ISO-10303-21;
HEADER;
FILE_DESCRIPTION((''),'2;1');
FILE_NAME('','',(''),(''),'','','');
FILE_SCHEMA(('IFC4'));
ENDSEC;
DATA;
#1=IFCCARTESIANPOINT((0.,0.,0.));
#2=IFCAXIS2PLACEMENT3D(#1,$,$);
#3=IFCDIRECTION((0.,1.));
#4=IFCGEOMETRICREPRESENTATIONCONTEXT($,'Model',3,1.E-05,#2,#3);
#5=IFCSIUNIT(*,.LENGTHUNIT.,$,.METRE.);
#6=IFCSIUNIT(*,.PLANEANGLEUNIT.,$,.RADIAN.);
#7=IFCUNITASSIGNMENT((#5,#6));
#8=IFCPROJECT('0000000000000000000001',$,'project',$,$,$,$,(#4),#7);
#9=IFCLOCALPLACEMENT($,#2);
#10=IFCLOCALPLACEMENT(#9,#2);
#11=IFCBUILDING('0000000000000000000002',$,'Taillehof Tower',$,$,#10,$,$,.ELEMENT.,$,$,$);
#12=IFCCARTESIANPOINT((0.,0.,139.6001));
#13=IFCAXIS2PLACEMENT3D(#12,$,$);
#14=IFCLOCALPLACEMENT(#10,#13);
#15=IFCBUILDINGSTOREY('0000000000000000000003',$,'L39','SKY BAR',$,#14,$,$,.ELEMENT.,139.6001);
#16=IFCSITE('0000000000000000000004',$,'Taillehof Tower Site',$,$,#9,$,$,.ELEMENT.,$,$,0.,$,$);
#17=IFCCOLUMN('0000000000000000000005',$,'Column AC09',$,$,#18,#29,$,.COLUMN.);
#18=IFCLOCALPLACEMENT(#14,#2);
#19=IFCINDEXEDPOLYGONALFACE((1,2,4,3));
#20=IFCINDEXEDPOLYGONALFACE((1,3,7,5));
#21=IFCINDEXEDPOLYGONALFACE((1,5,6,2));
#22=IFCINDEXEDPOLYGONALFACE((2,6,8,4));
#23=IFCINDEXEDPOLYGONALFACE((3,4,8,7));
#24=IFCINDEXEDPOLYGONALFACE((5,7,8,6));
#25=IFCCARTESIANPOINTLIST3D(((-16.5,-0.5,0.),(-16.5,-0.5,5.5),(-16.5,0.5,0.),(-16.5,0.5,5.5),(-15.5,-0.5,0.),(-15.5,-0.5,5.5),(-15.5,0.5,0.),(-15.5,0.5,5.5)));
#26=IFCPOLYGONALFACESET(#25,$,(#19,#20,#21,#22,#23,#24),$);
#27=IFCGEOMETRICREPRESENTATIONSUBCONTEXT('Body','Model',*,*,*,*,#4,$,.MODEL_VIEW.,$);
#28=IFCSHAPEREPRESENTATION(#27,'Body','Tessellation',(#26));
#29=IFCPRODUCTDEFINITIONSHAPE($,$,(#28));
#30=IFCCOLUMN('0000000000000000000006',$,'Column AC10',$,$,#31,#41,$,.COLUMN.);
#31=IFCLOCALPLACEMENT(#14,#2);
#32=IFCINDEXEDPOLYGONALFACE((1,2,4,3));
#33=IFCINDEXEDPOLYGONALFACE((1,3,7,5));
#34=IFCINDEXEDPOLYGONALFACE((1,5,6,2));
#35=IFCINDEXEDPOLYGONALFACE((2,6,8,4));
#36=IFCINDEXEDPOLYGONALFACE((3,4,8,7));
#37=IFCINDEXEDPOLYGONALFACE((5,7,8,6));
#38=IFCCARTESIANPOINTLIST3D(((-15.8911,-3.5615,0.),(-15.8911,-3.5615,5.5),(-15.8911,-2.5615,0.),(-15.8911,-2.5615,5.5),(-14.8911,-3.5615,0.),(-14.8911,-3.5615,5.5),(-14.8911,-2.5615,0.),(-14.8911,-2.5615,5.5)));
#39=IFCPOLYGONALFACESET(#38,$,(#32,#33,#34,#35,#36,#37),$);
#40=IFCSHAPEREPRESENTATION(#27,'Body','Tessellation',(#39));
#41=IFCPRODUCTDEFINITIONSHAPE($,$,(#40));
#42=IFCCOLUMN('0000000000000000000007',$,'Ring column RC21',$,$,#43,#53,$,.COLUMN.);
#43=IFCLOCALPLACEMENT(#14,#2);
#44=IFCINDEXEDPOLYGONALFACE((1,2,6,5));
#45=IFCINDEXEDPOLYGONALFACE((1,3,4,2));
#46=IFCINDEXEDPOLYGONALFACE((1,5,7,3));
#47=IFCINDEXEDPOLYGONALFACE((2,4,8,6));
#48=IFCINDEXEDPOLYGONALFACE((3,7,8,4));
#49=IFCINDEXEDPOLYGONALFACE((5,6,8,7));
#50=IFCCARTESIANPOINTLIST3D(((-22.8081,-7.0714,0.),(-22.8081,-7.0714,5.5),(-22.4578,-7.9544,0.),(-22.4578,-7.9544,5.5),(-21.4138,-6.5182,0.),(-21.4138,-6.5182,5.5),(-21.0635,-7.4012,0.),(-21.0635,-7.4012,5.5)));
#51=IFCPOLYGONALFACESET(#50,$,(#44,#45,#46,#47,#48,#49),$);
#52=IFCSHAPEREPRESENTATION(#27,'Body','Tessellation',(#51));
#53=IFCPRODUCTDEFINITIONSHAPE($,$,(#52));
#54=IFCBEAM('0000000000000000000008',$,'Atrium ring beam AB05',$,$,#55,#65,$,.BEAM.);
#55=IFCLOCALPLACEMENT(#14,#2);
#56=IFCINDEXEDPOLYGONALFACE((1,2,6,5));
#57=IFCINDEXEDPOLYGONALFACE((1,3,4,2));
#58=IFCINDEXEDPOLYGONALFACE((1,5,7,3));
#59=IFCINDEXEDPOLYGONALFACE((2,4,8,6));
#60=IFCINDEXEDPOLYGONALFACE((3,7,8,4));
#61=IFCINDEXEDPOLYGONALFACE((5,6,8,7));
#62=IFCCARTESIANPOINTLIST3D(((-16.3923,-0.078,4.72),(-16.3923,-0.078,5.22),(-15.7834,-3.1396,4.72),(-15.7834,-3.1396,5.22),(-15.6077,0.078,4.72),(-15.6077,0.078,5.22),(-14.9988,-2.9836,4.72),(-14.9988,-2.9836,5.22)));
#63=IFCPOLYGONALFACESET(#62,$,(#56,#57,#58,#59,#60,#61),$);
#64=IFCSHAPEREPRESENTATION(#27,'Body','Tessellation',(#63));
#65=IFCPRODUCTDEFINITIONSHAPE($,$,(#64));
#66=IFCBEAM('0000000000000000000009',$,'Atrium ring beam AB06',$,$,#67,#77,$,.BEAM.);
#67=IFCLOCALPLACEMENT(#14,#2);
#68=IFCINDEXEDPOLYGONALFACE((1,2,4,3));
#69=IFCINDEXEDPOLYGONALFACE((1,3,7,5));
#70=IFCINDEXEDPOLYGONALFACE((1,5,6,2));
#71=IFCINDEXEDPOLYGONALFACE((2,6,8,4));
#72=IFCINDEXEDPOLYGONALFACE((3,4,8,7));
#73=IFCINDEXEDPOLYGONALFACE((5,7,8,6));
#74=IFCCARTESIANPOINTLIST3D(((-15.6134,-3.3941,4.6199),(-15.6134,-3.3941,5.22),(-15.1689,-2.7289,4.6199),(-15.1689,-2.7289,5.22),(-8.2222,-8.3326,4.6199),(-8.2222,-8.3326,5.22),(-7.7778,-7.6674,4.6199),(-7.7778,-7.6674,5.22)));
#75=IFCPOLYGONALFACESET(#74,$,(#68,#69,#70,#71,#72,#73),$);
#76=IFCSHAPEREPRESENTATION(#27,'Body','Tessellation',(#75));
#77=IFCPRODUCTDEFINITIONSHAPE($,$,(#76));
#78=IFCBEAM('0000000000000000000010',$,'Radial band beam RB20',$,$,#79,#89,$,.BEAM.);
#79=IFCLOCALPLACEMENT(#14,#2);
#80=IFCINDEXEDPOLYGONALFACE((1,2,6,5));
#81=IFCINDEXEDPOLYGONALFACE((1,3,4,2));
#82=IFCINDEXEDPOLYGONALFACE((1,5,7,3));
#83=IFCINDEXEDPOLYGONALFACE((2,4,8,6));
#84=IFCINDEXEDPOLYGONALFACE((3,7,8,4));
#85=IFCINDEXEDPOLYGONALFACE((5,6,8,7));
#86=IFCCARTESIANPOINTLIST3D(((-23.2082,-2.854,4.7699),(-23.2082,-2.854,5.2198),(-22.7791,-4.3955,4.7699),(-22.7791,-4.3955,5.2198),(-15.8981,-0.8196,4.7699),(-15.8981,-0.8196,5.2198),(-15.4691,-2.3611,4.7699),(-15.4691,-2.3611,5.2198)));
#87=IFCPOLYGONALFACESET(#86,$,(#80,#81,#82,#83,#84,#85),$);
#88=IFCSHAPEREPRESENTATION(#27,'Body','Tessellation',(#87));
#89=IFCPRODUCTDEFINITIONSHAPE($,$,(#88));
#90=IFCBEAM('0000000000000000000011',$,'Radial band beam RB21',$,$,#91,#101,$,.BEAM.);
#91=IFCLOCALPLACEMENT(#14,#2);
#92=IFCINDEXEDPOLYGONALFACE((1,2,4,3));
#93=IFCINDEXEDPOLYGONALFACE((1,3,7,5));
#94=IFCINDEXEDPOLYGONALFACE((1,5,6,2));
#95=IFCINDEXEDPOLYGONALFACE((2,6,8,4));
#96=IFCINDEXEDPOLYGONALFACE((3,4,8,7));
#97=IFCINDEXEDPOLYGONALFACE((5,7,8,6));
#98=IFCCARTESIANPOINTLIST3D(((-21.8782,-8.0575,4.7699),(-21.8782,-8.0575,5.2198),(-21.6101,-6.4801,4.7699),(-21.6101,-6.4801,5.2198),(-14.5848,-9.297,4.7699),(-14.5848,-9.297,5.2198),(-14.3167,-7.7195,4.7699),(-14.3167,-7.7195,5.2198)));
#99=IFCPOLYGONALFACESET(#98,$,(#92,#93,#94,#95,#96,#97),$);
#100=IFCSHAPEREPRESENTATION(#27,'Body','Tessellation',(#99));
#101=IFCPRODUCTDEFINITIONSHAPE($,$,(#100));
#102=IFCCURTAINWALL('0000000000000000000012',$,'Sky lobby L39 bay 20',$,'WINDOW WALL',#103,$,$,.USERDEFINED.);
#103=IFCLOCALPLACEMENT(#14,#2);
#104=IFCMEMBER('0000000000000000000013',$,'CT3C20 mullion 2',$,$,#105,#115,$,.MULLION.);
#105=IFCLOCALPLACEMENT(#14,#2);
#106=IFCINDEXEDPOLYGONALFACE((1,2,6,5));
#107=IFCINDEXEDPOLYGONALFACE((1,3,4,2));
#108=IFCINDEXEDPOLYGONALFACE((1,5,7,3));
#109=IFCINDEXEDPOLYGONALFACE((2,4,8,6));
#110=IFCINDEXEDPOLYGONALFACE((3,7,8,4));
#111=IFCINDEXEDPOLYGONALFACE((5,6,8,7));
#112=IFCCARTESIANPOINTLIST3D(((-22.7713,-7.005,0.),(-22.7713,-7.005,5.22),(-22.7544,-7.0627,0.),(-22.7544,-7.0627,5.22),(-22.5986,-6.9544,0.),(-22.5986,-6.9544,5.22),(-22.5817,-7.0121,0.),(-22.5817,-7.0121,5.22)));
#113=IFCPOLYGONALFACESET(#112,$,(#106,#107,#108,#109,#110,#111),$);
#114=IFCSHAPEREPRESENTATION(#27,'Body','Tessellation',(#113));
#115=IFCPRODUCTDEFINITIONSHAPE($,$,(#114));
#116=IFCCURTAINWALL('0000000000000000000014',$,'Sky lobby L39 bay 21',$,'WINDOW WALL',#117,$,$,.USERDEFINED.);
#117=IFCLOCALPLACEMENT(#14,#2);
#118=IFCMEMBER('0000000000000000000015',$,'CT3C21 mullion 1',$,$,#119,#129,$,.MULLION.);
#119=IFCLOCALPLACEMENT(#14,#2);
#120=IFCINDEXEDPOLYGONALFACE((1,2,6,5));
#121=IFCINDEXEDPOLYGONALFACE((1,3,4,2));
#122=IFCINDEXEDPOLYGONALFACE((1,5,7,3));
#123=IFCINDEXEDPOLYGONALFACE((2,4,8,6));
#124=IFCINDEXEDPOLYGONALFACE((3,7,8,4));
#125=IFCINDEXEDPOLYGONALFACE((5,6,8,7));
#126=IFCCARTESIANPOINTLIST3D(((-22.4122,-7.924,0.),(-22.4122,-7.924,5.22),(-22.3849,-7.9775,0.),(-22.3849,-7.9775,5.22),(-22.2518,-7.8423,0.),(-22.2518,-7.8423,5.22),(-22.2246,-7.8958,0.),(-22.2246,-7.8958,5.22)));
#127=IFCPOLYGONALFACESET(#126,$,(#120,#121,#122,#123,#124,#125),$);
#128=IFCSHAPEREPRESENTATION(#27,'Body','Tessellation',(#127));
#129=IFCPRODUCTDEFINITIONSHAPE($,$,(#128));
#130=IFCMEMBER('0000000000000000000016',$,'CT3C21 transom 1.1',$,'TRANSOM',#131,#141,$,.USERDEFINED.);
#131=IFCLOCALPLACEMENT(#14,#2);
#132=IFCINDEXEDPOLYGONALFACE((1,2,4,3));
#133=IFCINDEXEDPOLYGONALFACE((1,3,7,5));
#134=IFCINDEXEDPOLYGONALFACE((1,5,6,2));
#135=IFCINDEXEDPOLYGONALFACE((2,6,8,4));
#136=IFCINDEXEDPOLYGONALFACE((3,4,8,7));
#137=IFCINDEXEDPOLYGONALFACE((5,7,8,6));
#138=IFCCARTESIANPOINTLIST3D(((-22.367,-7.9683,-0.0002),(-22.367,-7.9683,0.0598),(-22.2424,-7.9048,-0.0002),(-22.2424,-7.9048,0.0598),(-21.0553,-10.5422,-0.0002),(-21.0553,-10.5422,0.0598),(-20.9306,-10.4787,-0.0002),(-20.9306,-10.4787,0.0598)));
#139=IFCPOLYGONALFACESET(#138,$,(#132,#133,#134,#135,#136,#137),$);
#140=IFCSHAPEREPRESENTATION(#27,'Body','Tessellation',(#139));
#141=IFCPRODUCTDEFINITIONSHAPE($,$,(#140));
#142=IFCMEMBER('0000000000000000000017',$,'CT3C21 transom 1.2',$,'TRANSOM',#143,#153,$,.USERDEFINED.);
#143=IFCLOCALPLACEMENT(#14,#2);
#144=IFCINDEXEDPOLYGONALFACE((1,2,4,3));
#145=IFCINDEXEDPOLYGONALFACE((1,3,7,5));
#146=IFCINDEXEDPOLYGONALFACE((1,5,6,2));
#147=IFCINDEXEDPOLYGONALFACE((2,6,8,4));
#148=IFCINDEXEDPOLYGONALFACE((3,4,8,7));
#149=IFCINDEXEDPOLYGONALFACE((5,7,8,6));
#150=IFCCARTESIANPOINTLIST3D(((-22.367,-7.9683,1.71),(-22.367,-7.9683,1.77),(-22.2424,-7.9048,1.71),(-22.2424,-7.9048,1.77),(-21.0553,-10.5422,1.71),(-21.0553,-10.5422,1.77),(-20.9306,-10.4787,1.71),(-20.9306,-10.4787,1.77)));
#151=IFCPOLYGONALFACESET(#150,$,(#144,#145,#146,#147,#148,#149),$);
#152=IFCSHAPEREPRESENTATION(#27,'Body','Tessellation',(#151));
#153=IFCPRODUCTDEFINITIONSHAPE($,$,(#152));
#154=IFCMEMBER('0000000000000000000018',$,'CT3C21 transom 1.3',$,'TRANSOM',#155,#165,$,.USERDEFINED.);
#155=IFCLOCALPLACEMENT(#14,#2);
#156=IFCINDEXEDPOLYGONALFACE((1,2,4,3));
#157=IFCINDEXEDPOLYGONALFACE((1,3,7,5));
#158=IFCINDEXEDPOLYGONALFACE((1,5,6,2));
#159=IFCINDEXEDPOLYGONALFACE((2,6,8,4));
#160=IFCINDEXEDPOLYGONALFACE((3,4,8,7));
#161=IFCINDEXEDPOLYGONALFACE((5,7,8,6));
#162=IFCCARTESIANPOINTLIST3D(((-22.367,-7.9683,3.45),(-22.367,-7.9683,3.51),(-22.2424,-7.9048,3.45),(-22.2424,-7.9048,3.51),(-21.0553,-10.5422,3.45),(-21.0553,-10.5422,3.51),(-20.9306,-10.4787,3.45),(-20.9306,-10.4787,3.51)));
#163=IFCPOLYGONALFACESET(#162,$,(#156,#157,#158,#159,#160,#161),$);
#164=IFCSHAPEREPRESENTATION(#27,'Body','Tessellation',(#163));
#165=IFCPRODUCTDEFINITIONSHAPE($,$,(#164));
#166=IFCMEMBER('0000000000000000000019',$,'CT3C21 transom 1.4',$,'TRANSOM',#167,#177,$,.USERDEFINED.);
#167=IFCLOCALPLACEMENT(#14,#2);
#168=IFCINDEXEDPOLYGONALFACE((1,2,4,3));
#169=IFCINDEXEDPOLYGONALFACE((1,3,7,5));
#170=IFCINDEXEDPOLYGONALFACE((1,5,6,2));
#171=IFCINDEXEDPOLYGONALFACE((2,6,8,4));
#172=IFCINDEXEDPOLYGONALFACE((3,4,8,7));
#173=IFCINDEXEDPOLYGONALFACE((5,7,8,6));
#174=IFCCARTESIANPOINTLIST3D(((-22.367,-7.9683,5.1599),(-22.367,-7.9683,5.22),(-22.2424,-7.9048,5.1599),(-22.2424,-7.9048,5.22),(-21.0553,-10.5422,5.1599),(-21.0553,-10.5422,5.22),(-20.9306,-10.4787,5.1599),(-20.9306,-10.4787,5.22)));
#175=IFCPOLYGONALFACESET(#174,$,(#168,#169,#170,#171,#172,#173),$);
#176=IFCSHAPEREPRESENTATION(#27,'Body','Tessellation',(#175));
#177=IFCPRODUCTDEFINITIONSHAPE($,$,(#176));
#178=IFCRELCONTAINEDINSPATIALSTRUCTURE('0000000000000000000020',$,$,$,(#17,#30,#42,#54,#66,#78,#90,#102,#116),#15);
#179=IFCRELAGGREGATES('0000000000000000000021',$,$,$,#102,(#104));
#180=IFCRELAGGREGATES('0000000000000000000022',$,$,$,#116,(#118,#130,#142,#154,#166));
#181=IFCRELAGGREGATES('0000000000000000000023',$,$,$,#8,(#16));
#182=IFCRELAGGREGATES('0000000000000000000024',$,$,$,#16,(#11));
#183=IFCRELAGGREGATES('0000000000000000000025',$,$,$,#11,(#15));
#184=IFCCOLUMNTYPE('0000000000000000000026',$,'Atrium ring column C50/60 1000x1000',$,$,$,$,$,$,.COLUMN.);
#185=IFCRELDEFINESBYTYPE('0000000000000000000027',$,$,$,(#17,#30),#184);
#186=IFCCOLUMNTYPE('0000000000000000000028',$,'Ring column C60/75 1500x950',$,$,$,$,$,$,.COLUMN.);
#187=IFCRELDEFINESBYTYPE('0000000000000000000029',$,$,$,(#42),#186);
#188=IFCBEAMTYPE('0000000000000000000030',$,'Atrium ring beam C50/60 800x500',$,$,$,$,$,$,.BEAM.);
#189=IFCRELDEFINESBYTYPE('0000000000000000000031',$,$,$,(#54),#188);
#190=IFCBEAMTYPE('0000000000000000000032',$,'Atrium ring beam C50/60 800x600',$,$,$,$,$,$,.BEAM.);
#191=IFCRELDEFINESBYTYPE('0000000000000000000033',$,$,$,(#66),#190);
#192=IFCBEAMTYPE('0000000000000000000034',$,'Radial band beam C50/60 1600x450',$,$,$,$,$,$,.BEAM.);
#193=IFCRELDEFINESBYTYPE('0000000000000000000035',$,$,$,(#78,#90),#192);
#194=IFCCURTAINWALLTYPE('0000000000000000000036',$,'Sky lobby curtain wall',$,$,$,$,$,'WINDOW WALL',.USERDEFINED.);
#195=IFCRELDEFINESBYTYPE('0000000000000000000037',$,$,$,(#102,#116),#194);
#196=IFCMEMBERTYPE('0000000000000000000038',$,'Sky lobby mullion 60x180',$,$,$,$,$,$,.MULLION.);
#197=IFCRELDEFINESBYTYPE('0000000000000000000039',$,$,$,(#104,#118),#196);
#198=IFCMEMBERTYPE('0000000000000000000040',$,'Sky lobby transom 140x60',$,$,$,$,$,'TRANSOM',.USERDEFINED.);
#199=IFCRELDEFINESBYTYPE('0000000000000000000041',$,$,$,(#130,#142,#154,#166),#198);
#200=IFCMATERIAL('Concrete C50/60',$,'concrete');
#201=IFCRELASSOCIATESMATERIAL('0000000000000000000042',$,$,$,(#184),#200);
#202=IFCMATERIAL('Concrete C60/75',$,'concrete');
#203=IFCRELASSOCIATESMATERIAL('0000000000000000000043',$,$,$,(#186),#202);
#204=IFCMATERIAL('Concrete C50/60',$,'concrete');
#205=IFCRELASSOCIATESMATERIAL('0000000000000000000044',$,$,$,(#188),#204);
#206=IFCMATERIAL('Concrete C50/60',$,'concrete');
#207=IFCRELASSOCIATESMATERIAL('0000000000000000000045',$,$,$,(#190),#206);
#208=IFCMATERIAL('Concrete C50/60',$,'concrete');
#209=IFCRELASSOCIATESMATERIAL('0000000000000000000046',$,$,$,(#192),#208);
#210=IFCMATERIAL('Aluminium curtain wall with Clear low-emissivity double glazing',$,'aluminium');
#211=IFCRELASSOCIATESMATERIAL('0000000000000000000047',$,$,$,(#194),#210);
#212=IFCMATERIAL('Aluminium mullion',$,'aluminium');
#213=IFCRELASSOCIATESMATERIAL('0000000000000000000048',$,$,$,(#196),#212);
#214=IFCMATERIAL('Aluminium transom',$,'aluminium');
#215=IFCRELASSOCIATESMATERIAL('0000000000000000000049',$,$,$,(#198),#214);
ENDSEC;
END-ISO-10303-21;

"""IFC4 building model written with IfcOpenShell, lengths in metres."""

from ifc_helpers import new_model, si_unit, direction, frame, origin, origin_2d, place, context, subcontext, project, spatial, rectangle, extrude, material, material_profile, profile_set, type_object, element, aggregate, save


model = new_model("IFC4")

# Units and contexts
model_context = context("Model", 3, precision=1e-05, world=origin(), true_north=direction((0.0, 1.0)))
body_context = subcontext(model_context, "Body", "Model", "MODEL_VIEW")
ifc_project = project(units=[si_unit("LENGTHUNIT", "METRE"), si_unit("PLANEANGLEUNIT", "RADIAN")], contexts=[model_context])

# Site, building, storey
site_placement = place(None, origin())
site = spatial("IfcSite", under=ifc_project, at=site_placement, Name="Taillehof Tower Site", CompositionType="ELEMENT", RefElevation=0.0)
building_placement = place(site_placement, origin())
building = spatial("IfcBuilding", under=site, at=building_placement, Name="Taillehof Tower", CompositionType="ELEMENT")
storey_placement = place(building_placement, frame((0.0, 0.0, 139.6001)))
storey = spatial("IfcBuildingStorey", under=building, at=storey_placement, Name="L39", Description="SKY BAR", CompositionType="ELEMENT", Elevation=139.6001)

# Columns
ifc_material_1 = material(Name="Concrete C50/60", Category="concrete")
ifc_material_profile_1 = material_profile(ifc_material_1, rectangle(XDim=1.0, YDim=1.0, at=origin_2d()), Name="RC 1000x1000")
ifc_profile_set_1 = profile_set([ifc_material_profile_1], Name="Concrete C50/60")
column_type_1 = type_object("IfcColumnType", Name="Atrium ring column C50/60 1000x1000", PredefinedType="COLUMN", material=ifc_profile_set_1)
for number, where, z_axis, x_axis, name in (
    (1, (-16.0, 0.0, 0.0), (0.0, 0.0, 1.0), (1.0, 0.0, 0.0), "Column AC09"),
    (2, (-15.3911, -3.0615, 0.0), (0.0, 0.0, 1.0), (1.0, 0.0, 0.0), "Column AC10"),
):
    element("IfcColumn", number, at=place(storey_placement, frame(where, z_axis=z_axis, x_axis=x_axis)), inside=storey, type_object=column_type_1, Name=name, PredefinedType="COLUMN", context=body_context, shape_type="SweptSolid", body=[
        extrude(rectangle(XDim=1.0, YDim=1.0, at=origin_2d()), origin(), (0.0, 0.0, 1.0), 5.5),
    ])
ifc_material_2 = material(Name="Concrete C60/75", Category="concrete")
ifc_material_profile_2 = material_profile(ifc_material_2, rectangle(XDim=1.5, YDim=0.95, at=origin_2d()), Name="RC 1500x950")
ifc_profile_set_2 = profile_set([ifc_material_profile_2], Name="Concrete C60/75")
column_type_2 = type_object("IfcColumnType", Name="Ring column C60/75 1500x950", PredefinedType="COLUMN", material=ifc_profile_set_2)
column_placement = place(storey_placement, frame((-21.9358, -7.2363, 0.0), z_axis=(0.0, 0.0, 1.0), x_axis=(-0.929511, -0.368793, 0.0)))
element("IfcColumn", 3, at=column_placement, inside=storey, type_object=column_type_2, Name="Ring column RC21", PredefinedType="COLUMN", context=body_context, shape_type="SweptSolid", body=[
    extrude(rectangle(XDim=1.5, YDim=0.95, at=origin_2d()), origin(), (0.0, 0.0, 1.0), 5.5),
])

# Beams
ifc_material_3 = material(Name="Concrete C50/60", Category="concrete")
ifc_material_profile_3 = material_profile(ifc_material_3, rectangle(XDim=0.8, YDim=0.5, at=origin_2d()), Name="RC 800x500")
ifc_profile_set_3 = profile_set([ifc_material_profile_3], Name="Concrete C50/60")
beam_type_1 = type_object("IfcBeamType", Name="Atrium ring beam C50/60 800x500", PredefinedType="BEAM", material=ifc_profile_set_3)
beam_1_placement = place(storey_placement, frame((-16.0, 0.0, 4.97), z_axis=(0.195063, -0.980791, 0.0), x_axis=(0.980791, 0.195063, 0.0)))
element("IfcBeam", 4, at=beam_1_placement, inside=storey, type_object=beam_type_1, Name="Atrium ring beam AB05", PredefinedType="BEAM", context=body_context, shape_type="SweptSolid", body=[
    extrude(rectangle(XDim=0.8, YDim=0.5, at=origin_2d()), origin(), (0.0, 0.0, 1.0), 3.1216),
])
ifc_material_4 = material(Name="Concrete C50/60", Category="concrete")
ifc_material_profile_4 = material_profile(ifc_material_4, rectangle(XDim=0.8, YDim=0.6001, at=origin_2d()), Name="RC 800x600")
ifc_profile_set_4 = profile_set([ifc_material_profile_4], Name="Concrete C50/60")
beam_type_2 = type_object("IfcBeamType", Name="Atrium ring beam C50/60 800x600", PredefinedType="BEAM", material=ifc_profile_set_4)
beam_2_placement = place(storey_placement, frame((-15.3911, -3.0615, 4.9199), z_axis=(0.831475, -0.555562, 0.0), x_axis=(0.555562, 0.831475, 0.0)))
element("IfcBeam", 5, at=beam_2_placement, inside=storey, type_object=beam_type_2, Name="Atrium ring beam AB06", PredefinedType="BEAM", context=body_context, shape_type="SweptSolid", body=[
    extrude(rectangle(XDim=0.8, YDim=0.6001, at=origin_2d()), origin(), (0.0, 0.0, 1.0), 8.8892),
])
ifc_material_5 = material(Name="Concrete C50/60", Category="concrete")
ifc_material_profile_5 = material_profile(ifc_material_5, rectangle(XDim=1.6001, YDim=0.45, at=origin_2d()), Name="RC 1600x450")
ifc_profile_set_5 = profile_set([ifc_material_profile_5], Name="Concrete C50/60")
beam_type_3 = type_object("IfcBeamType", Name="Radial band beam C50/60 1600x450", PredefinedType="BEAM", material=ifc_profile_set_5)
beam_3_placement = place(storey_placement, frame((-22.9937, -3.6248, 4.9949), z_axis=(0.963387, 0.268115, 0.0), x_axis=(-0.268115, 0.963387, 0.0)))
element("IfcBeam", 6, at=beam_3_placement, inside=storey, type_object=beam_type_3, Name="Radial band beam RB20", PredefinedType="BEAM", context=body_context, shape_type="SweptSolid", body=[
    extrude(rectangle(XDim=1.6001, YDim=0.45, at=origin_2d()), origin(), (0.0, 0.0, 1.0), 7.5879),
])
beam_4_placement = place(storey_placement, frame((-21.7441, -7.2688, 4.9949), z_axis=(0.985864, -0.167545, 0.0), x_axis=(0.167545, 0.985864, 0.0)))
element("IfcBeam", 7, at=beam_4_placement, inside=storey, type_object=beam_type_3, Name="Radial band beam RB21", PredefinedType="BEAM", context=body_context, shape_type="SweptSolid", body=[
    extrude(rectangle(XDim=1.6001, YDim=0.45, at=origin_2d()), origin(), (0.0, 0.0, 1.0), 7.3979),
])

# Curtain wall, member
ifc_material_6 = material(Name="Aluminium curtain wall with Clear low-emissivity double glazing", Category="aluminium")
curtain_wall_type = type_object("IfcCurtainWallType", Name="Sky lobby curtain wall", ElementType="WINDOW WALL", PredefinedType="USERDEFINED", material=ifc_material_6)
curtain_wall_1_placement = place(storey_placement, origin())
curtain_wall_1 = element("IfcCurtainWall", 8, at=curtain_wall_1_placement, inside=storey, type_object=curtain_wall_type, Name="Sky lobby L39 bay 20", ObjectType="WINDOW WALL", PredefinedType="USERDEFINED")
ifc_material_7 = material(Name="Aluminium mullion", Category="aluminium")
ifc_material_profile_6 = material_profile(ifc_material_7, rectangle(XDim=0.1799, YDim=0.0601, at=origin_2d()), Name="AL 60x180")
ifc_profile_set_6 = profile_set([ifc_material_profile_6], Name="Aluminium mullion")
member_type_1 = type_object("IfcMemberType", Name="Sky lobby mullion 60x180", PredefinedType="MULLION", material=ifc_profile_set_6)
member_1_placement = place(storey_placement, frame((-22.6765, -7.0085, 0.0), z_axis=(0.0, 0.0, 1.0), x_axis=(0.959684, 0.28108, 0.0)))
member_1 = element("IfcMember", 9, at=member_1_placement, type_object=member_type_1, Name="CT3C20 mullion 2", PredefinedType="MULLION", context=body_context, shape_type="SweptSolid", body=[
    extrude(rectangle(XDim=0.1799, YDim=0.0601, at=origin_2d()), origin(), (0.0, 0.0, 1.0), 5.22),
])
aggregate(curtain_wall_1, [member_1])

# Curtain wall, members
curtain_wall_2_placement = place(storey_placement, origin())
curtain_wall_2 = element("IfcCurtainWall", 10, at=curtain_wall_2_placement, inside=storey, type_object=curtain_wall_type, Name="Sky lobby L39 bay 21", ObjectType="WINDOW WALL", PredefinedType="USERDEFINED")
member_2_placement = place(storey_placement, frame((-22.3184, -7.9099, 0.0), z_axis=(0.0, 0.0, 1.0), x_axis=(0.89094, 0.454121, 0.0)))
member_2 = element("IfcMember", 11, at=member_2_placement, type_object=member_type_1, Name="CT3C21 mullion 1", PredefinedType="MULLION", context=body_context, shape_type="SweptSolid", body=[
    extrude(rectangle(XDim=0.1799, YDim=0.0601, at=origin_2d()), origin(), (0.0, 0.0, 1.0), 5.22),
])
ifc_material_8 = material(Name="Aluminium transom", Category="aluminium")
ifc_material_profile_7 = material_profile(ifc_material_8, rectangle(XDim=0.1399, YDim=0.0601, at=origin_2d()), Name="AL 140x60")
ifc_profile_set_7 = profile_set([ifc_material_profile_7], Name="Aluminium transom")
member_type_2 = type_object("IfcMemberType", Name="Sky lobby transom 140x60", ElementType="TRANSOM", PredefinedType="USERDEFINED", material=ifc_profile_set_7)
member_3_placement = place(storey_placement, frame((-22.3047, -7.9365, 0.0298), z_axis=(0.454062, -0.89097, 0.0), x_axis=(0.89097, 0.454062, 0.0)))
member_3 = element("IfcMember", 12, at=member_3_placement, type_object=member_type_2, Name="CT3C21 transom 1.1", ObjectType="TRANSOM", PredefinedType="USERDEFINED", context=body_context, shape_type="SweptSolid", body=[
    extrude(rectangle(XDim=0.1399, YDim=0.0601, at=origin_2d()), origin(), (0.0, 0.0, 1.0), 2.8889),
])
member_4_placement = place(storey_placement, frame((-22.3047, -7.9365, 1.74), z_axis=(0.454062, -0.89097, 0.0), x_axis=(0.89097, 0.454062, 0.0)))
member_4 = element("IfcMember", 13, at=member_4_placement, type_object=member_type_2, Name="CT3C21 transom 1.2", ObjectType="TRANSOM", PredefinedType="USERDEFINED", context=body_context, shape_type="SweptSolid", body=[
    extrude(rectangle(XDim=0.1399, YDim=0.0601, at=origin_2d()), origin(), (0.0, 0.0, 1.0), 2.8889),
])
member_5_placement = place(storey_placement, frame((-22.3047, -7.9365, 3.48), z_axis=(0.454062, -0.89097, 0.0), x_axis=(0.89097, 0.454062, 0.0)))
member_5 = element("IfcMember", 14, at=member_5_placement, type_object=member_type_2, Name="CT3C21 transom 1.3", ObjectType="TRANSOM", PredefinedType="USERDEFINED", context=body_context, shape_type="SweptSolid", body=[
    extrude(rectangle(XDim=0.1399, YDim=0.0601, at=origin_2d()), origin(), (0.0, 0.0, 1.0), 2.8889),
])
member_6_placement = place(storey_placement, frame((-22.3047, -7.9365, 5.1899), z_axis=(0.454062, -0.89097, 0.0), x_axis=(0.89097, 0.454062, 0.0)))
member_6 = element("IfcMember", 15, at=member_6_placement, type_object=member_type_2, Name="CT3C21 transom 1.4", ObjectType="TRANSOM", PredefinedType="USERDEFINED", context=body_context, shape_type="SweptSolid", body=[
    extrude(rectangle(XDim=0.1399, YDim=0.0601, at=origin_2d()), origin(), (0.0, 0.0, 1.0), 2.8889),
])

aggregate(curtain_wall_2, [member_2, member_3, member_4, member_5, member_6])

save(model, "model.ifc")
